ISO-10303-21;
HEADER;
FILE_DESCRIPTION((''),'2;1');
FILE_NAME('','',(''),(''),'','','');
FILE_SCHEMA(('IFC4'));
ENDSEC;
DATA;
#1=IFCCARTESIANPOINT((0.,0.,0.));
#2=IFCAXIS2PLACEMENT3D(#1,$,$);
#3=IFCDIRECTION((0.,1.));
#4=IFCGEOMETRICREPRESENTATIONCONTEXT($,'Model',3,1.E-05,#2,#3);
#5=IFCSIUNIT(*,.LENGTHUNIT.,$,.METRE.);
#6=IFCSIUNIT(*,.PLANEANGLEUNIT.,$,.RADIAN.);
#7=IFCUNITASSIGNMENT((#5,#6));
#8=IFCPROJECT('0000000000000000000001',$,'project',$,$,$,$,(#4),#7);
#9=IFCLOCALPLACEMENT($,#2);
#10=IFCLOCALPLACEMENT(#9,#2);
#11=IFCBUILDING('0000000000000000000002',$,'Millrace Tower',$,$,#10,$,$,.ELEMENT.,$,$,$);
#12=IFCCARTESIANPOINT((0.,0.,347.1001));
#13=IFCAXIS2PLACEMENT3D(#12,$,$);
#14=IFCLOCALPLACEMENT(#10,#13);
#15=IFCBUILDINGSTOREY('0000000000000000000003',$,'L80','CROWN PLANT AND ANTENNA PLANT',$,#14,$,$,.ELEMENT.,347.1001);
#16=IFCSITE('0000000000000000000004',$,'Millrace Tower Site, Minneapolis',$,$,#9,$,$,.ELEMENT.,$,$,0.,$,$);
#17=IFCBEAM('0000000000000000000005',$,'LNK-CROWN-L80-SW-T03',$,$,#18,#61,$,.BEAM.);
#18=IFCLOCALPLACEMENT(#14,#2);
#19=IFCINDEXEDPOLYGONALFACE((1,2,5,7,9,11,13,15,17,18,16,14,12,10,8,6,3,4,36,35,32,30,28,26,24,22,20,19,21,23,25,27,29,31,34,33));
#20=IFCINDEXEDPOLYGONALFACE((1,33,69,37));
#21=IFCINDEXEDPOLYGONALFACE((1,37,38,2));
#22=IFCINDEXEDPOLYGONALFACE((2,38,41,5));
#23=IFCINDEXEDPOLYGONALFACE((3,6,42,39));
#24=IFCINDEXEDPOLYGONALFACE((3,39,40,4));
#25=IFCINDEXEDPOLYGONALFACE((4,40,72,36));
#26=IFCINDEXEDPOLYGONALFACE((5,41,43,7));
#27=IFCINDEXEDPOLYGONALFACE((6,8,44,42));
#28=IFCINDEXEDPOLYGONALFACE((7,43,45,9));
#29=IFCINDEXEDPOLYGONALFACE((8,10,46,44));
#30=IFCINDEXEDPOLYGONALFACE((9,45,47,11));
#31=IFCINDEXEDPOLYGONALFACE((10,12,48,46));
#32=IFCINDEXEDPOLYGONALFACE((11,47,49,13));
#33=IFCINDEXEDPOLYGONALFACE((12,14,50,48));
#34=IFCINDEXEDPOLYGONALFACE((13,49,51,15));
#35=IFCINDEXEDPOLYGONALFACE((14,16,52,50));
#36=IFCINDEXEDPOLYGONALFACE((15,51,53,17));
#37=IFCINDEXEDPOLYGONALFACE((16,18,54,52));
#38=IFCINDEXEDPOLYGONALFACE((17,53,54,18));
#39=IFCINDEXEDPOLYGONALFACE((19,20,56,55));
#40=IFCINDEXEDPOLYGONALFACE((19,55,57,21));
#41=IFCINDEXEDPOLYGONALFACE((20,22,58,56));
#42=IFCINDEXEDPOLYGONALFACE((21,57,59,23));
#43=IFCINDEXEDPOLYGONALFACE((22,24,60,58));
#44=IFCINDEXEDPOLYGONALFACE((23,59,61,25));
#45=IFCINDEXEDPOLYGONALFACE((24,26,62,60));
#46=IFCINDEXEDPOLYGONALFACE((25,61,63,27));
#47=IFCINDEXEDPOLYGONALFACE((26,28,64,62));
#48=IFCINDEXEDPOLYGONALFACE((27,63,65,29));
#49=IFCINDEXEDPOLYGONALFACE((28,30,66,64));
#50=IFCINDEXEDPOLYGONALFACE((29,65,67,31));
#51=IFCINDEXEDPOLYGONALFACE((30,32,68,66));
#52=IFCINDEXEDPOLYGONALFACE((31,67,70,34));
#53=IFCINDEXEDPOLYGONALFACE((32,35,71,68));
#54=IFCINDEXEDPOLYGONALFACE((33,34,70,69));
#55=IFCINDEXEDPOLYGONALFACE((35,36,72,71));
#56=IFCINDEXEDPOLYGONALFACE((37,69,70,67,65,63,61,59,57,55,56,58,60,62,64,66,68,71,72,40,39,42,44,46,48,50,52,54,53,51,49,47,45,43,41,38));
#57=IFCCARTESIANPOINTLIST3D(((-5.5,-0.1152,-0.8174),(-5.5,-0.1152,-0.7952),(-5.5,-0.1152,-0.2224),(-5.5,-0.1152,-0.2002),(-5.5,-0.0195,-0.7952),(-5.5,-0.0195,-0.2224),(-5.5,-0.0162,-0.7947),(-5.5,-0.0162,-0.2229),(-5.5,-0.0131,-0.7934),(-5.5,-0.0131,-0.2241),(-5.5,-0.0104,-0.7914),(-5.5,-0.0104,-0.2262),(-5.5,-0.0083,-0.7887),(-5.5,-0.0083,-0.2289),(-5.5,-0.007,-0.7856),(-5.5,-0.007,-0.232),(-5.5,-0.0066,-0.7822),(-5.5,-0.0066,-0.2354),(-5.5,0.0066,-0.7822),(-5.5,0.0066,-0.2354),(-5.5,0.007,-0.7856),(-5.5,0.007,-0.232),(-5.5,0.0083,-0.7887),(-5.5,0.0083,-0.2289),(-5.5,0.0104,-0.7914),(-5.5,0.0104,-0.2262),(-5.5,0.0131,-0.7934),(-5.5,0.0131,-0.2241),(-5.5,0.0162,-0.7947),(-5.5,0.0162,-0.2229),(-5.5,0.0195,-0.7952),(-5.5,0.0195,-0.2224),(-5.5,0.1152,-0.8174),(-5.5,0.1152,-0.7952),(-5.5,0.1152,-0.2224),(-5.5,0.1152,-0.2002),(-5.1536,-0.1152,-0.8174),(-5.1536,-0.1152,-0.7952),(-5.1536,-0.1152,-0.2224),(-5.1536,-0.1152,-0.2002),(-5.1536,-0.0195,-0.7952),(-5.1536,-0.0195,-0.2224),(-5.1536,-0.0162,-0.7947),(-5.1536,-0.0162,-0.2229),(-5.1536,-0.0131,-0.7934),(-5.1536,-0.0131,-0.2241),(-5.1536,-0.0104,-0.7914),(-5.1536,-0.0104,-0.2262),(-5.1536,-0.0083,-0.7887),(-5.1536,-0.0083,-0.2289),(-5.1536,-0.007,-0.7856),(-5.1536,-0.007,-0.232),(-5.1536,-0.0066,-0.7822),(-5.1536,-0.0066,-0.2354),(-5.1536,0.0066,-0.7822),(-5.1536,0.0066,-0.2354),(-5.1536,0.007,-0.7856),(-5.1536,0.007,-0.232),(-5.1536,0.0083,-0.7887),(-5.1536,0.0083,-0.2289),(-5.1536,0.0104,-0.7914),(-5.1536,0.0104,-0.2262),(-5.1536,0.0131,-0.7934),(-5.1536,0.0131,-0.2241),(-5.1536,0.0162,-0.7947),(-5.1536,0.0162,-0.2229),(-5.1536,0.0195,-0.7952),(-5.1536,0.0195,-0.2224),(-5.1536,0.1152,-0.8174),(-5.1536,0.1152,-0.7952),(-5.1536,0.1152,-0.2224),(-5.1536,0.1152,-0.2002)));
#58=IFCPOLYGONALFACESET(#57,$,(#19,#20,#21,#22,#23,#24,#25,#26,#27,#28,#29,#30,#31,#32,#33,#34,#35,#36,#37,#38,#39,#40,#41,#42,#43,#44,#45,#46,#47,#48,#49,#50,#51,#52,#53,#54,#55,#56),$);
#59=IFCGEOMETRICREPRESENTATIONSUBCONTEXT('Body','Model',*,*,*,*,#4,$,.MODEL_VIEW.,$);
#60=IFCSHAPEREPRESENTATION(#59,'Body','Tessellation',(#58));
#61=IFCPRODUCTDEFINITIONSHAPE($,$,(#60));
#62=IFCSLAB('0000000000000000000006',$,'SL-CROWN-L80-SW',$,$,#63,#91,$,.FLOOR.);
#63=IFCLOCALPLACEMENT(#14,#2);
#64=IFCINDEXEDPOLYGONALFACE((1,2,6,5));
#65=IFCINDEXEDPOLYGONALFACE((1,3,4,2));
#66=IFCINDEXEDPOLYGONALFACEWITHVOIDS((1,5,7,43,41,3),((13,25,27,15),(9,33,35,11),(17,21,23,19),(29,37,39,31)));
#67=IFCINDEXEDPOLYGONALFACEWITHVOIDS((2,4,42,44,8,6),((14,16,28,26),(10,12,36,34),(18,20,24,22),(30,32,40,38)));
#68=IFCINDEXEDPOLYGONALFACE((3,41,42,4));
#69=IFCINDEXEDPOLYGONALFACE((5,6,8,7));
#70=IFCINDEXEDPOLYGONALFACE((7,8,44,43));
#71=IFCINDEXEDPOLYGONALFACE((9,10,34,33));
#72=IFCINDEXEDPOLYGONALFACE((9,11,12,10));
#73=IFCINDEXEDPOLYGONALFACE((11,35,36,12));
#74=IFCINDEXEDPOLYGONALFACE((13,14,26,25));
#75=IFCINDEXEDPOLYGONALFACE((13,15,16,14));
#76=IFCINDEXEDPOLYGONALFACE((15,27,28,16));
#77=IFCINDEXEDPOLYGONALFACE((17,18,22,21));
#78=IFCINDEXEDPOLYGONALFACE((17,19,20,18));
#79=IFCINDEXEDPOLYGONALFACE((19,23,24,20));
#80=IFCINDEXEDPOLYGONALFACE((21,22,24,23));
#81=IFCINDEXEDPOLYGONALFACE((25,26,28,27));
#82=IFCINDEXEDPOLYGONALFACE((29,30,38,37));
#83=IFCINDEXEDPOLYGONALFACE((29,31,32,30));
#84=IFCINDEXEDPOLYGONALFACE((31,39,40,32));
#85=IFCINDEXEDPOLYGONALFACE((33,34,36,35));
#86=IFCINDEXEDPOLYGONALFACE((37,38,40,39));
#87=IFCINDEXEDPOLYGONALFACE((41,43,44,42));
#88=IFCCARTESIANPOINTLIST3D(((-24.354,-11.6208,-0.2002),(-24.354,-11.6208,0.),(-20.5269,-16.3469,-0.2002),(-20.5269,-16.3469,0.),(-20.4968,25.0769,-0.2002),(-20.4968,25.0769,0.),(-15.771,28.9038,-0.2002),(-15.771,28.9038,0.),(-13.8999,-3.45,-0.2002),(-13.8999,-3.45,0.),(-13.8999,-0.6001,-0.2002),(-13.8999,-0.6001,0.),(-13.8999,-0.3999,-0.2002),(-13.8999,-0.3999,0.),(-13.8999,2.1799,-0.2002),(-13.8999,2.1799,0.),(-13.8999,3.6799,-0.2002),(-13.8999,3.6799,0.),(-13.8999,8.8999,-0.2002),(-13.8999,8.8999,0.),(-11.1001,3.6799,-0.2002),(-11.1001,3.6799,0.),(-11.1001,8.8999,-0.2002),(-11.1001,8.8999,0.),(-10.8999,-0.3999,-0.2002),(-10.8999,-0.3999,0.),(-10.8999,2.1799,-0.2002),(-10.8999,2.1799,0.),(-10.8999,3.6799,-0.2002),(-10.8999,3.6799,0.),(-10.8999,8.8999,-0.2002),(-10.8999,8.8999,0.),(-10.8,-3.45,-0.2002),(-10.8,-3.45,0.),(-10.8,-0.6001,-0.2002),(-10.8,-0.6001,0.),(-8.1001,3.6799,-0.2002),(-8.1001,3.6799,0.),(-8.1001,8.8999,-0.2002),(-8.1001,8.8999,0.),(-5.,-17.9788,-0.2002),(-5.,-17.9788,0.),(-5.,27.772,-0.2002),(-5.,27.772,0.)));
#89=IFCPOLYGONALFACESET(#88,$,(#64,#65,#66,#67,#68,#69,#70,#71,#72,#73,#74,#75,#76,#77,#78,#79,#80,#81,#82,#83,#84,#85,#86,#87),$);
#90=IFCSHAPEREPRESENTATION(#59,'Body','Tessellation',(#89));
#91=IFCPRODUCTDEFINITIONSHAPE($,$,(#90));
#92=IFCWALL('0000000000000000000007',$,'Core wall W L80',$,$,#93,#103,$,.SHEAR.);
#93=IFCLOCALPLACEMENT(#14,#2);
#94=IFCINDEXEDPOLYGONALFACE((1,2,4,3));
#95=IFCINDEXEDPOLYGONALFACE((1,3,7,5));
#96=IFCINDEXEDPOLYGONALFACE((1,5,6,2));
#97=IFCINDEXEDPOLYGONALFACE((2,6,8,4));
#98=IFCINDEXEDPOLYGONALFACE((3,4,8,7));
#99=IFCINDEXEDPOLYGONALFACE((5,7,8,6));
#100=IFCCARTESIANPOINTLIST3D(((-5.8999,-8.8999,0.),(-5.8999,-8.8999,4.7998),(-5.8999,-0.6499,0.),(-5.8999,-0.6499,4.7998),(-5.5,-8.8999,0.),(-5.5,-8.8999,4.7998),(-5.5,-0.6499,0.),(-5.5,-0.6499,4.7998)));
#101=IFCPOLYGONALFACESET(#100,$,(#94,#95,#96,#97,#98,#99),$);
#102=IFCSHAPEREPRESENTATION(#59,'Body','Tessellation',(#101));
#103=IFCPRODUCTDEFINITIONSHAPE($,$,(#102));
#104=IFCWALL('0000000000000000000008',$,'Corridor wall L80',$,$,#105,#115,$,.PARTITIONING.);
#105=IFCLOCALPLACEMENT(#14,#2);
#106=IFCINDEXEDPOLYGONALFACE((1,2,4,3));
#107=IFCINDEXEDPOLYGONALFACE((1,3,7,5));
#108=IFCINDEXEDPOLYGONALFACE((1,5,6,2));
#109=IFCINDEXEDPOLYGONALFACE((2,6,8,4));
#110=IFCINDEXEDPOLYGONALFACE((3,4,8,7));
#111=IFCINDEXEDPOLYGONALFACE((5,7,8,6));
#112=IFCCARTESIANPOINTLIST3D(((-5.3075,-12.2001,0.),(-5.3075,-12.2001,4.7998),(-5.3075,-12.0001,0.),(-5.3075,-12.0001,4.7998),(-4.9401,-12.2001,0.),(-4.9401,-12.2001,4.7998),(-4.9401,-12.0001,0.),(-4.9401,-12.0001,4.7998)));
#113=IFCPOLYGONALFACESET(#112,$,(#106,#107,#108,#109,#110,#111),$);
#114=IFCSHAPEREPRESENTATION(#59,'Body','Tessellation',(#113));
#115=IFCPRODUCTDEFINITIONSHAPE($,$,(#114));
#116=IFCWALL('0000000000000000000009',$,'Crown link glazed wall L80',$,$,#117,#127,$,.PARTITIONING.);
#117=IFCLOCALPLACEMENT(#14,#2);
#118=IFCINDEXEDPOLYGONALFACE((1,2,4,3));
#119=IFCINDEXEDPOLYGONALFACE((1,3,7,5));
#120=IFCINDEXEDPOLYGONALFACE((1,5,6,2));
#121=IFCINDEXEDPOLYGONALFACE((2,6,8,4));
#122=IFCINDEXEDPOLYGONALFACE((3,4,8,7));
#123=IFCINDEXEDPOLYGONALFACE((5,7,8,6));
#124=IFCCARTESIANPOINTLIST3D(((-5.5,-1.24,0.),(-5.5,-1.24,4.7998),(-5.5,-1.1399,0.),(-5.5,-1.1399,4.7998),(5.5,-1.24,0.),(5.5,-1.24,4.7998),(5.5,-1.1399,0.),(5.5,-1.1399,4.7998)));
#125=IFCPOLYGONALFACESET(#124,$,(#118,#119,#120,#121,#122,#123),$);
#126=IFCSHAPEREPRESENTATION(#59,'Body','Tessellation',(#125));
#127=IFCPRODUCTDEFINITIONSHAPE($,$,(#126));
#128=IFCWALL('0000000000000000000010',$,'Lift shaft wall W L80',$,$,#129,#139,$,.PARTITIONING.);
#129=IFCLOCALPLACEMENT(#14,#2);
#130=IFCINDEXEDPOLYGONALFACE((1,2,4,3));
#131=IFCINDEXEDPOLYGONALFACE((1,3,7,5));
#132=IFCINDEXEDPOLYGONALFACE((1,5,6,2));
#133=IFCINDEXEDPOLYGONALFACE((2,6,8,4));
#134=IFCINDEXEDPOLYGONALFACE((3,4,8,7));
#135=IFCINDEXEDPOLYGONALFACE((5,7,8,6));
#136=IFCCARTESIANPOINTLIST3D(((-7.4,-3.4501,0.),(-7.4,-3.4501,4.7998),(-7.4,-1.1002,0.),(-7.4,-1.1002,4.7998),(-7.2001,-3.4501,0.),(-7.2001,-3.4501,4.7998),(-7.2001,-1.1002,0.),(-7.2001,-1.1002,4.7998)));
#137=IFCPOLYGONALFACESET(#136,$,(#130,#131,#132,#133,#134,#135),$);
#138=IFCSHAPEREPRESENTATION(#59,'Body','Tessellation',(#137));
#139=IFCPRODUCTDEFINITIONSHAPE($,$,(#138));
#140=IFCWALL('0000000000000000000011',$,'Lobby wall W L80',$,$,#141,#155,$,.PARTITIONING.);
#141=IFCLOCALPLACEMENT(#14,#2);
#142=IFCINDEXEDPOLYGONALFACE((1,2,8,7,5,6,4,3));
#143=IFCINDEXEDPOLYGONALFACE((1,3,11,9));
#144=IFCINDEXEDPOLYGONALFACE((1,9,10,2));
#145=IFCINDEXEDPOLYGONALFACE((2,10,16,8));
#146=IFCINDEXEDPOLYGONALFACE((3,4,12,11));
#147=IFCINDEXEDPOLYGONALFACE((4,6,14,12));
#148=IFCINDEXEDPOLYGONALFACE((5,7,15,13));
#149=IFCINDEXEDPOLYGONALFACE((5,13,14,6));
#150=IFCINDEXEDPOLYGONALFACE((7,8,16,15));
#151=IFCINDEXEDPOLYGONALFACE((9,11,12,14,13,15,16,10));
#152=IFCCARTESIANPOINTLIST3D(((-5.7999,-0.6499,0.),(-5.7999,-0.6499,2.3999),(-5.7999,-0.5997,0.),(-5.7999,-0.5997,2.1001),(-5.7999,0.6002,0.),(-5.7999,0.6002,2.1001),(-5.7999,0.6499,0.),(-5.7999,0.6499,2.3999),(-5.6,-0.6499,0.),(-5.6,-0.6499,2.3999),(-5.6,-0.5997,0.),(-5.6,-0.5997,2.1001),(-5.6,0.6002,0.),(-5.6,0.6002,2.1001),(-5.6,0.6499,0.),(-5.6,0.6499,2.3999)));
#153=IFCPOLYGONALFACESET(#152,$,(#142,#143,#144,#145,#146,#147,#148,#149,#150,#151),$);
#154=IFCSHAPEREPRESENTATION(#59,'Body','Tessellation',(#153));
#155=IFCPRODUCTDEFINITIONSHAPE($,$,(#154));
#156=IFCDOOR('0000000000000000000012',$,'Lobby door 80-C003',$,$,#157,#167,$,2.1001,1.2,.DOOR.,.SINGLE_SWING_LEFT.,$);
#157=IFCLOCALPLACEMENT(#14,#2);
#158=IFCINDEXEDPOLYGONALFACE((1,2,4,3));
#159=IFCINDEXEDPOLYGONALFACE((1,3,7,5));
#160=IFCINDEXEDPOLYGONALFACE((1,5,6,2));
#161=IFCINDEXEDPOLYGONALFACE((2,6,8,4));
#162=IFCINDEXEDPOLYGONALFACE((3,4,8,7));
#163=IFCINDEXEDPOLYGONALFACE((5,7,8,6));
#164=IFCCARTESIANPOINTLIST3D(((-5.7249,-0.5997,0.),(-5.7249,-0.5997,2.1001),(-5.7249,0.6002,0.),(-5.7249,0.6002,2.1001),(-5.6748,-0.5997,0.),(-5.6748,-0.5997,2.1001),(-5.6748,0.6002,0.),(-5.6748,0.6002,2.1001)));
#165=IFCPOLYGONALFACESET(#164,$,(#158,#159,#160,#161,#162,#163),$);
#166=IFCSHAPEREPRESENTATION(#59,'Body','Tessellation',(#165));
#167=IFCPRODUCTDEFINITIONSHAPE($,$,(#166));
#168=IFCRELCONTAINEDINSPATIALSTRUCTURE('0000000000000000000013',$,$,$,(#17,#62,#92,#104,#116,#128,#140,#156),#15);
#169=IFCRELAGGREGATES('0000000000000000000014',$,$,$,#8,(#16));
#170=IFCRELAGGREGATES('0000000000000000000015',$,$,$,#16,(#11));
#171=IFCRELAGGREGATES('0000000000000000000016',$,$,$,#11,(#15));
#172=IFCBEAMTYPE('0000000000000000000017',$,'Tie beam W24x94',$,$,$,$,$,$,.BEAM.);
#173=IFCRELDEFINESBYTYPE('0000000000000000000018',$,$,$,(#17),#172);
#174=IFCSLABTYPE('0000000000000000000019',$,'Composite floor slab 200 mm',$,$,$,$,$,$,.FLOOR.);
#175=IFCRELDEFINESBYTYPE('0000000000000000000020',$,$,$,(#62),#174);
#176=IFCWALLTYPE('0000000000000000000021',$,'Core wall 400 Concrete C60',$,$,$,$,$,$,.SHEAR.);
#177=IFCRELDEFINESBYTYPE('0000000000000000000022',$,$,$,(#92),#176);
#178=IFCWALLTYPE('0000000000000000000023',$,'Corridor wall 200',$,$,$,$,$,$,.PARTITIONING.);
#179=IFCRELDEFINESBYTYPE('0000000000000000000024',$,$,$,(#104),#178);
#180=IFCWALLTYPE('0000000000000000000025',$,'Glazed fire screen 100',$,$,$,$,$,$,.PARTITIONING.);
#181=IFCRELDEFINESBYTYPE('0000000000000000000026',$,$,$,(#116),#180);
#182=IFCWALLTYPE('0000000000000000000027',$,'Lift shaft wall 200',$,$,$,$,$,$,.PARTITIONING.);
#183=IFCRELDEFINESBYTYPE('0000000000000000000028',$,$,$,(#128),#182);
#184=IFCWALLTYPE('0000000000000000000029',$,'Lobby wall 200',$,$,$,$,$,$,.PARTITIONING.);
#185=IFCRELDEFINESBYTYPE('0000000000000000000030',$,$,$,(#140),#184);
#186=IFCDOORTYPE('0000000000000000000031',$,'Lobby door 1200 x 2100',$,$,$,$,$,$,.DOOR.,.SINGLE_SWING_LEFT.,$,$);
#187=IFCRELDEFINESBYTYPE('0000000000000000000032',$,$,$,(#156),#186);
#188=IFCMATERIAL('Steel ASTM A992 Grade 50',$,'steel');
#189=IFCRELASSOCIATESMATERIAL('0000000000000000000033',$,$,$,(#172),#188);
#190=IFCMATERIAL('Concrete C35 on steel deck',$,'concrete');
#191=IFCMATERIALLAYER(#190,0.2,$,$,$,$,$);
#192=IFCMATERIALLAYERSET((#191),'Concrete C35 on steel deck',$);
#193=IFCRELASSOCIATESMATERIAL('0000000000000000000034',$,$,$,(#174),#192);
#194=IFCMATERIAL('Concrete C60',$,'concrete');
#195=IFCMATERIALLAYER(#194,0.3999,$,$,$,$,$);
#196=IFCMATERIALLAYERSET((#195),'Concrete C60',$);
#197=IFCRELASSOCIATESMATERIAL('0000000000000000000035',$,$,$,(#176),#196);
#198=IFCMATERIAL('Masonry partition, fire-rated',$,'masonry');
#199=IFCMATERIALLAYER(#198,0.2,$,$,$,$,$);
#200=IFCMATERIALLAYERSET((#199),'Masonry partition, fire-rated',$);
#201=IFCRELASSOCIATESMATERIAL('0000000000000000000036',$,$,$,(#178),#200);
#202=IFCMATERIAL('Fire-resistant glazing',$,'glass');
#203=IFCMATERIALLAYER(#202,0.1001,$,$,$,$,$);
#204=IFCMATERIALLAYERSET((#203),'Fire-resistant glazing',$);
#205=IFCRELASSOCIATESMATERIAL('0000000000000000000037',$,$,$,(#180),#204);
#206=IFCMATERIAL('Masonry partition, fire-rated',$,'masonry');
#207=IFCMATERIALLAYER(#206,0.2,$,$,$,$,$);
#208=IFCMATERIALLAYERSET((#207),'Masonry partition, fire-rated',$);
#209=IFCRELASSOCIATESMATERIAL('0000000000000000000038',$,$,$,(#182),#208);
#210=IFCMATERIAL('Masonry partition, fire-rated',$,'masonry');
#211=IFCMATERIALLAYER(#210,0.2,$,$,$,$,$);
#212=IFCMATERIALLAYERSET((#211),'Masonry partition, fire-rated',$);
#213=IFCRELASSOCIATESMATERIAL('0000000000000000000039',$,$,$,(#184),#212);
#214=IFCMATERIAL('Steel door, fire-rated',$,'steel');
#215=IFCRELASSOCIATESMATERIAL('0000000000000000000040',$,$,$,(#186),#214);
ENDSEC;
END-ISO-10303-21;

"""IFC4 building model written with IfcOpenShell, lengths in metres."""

from ifc_helpers import new_model, si_unit, direction, frame, frame_2d, origin, origin_2d, place, context, subcontext, project, spatial, polyline, rectangle, i_section, outline, extrude, material, layer, layer_set, material_profile, profile_set, type_object, element, fill, save


model = new_model("IFC4")

# Units and contexts
model_context = context("Model", 3, precision=1e-05, world=origin(), true_north=direction((0.0, 1.0)))
body_context = subcontext(model_context, "Body", "Model", "MODEL_VIEW")
ifc_project = project(units=[si_unit("LENGTHUNIT", "METRE"), si_unit("PLANEANGLEUNIT", "RADIAN")], contexts=[model_context])

# Site, building, storey
site_placement = place(None, origin())
site = spatial("IfcSite", under=ifc_project, at=site_placement, Name="Millrace Tower Site, Minneapolis", CompositionType="ELEMENT", RefElevation=0.0)
building_placement = place(site_placement, origin())
building = spatial("IfcBuilding", under=site, at=building_placement, Name="Millrace Tower", CompositionType="ELEMENT")
storey_placement = place(building_placement, frame((0.0, 0.0, 347.1001)))
storey = spatial("IfcBuildingStorey", under=building, at=storey_placement, Name="L80", Description="CROWN PLANT AND ANTENNA PLANT", CompositionType="ELEMENT", Elevation=347.1001)

# Beam
ifc_material_1 = material(Name="Steel ASTM A992 Grade 50", Category="steel")
ifc_material_profile_1 = material_profile(ifc_material_1, i_section(OverallWidth=0.2305, OverallDepth=0.6172, WebThickness=0.0132, FlangeThickness=0.0222, FilletRadius=0.0129, at=origin_2d()))
ifc_profile_set_1 = profile_set([ifc_material_profile_1], Name="Steel ASTM A992 Grade 50")
beam_type_1 = type_object("IfcBeamType", Name="Tie beam W24x94", PredefinedType="BEAM", material=ifc_profile_set_1)
for number, where, z_axis, x_axis, name in (
    (1, (-5.1536, 0.0, -0.5088), (-1.0, 0.0, 0.0), (0.0, -1.0, 0.0), "LNK-CROWN-L80-SW-T03"),
):
    element("IfcBeam", number, at=place(storey_placement, frame(where, z_axis=z_axis, x_axis=x_axis)), inside=storey, type_object=beam_type_1, Name=name, PredefinedType="BEAM", context=body_context, shape_type="SweptSolid", body=[
        extrude(i_section(OverallWidth=0.2305, OverallDepth=0.6172, WebThickness=0.0132, FlangeThickness=0.0222, FilletRadius=0.0129, at=origin_2d()), origin(), (0.0, 0.0, 1.0), 0.3464),
    ])

# Slab
ifc_material_2 = material(Name="Concrete C35 on steel deck", Category="concrete")
ifc_layer_1 = layer(ifc_material_2, 0.2)
ifc_layer_set_1 = layer_set([ifc_layer_1], Name="Concrete C35 on steel deck")
slab_type = type_object("IfcSlabType", Name="Composite floor slab 200 mm", PredefinedType="FLOOR", material=ifc_layer_set_1)
slab_placement = place(storey_placement, frame((0.0, 0.0, -0.2002)))
element("IfcSlab", 2, at=slab_placement, inside=storey, type_object=slab_type, Name="SL-CROWN-L80-SW", PredefinedType="FLOOR", context=body_context, shape_type="SweptSolid", body=[
    extrude(outline(polyline([(-5.0, -17.9788), (-5.0, 27.772), (-15.771, 28.9038), (-20.4968, 25.0769), (-24.354, -11.6208), (-20.5269, -16.3469), (-5.0, -17.9788)]), holes=[polyline([(-13.8999, -3.45), (-10.8, -3.45), (-10.8, -0.6001), (-13.8999, -0.6001), (-13.8999, -3.45)]), polyline([(-13.8999, -0.3999), (-10.8999, -0.3999), (-10.8999, 2.1799), (-13.8999, 2.1799), (-13.8999, -0.3999)]), polyline([(-13.8999, 3.6799), (-11.1001, 3.6799), (-11.1001, 8.8999), (-13.8999, 8.8999), (-13.8999, 3.6799)]), polyline([(-10.8999, 3.6799), (-8.1001, 3.6799), (-8.1001, 8.8999), (-10.8999, 8.8999), (-10.8999, 3.6799)])]), origin(), (0.0, 0.0, 1.0), 0.2002),
])

# Walls
ifc_material_3 = material(Name="Concrete C60", Category="concrete")
ifc_layer_2 = layer(ifc_material_3, 0.3999)
ifc_layer_set_2 = layer_set([ifc_layer_2], Name="Concrete C60")
wall_type_1 = type_object("IfcWallType", Name="Core wall 400 Concrete C60", PredefinedType="SHEAR", material=ifc_layer_set_2)
wall_1_placement = place(storey_placement, frame((-5.7, -8.8999, 0.0), z_axis=(0.0, 0.0, 1.0), x_axis=(0.0, 1.0, 0.0)))
element("IfcWall", 3, at=wall_1_placement, inside=storey, type_object=wall_type_1, Name="Core wall W L80", PredefinedType="SHEAR", context=body_context, shape_type="SweptSolid", body=[
    extrude(rectangle(XDim=8.25, YDim=0.3999, at=frame_2d((4.125, 0.0))), origin(), (0.0, 0.0, 1.0), 4.7998),
])
ifc_material_4 = material(Name="Masonry partition, fire-rated", Category="masonry")
ifc_layer_3 = layer(ifc_material_4, 0.2)
ifc_layer_set_3 = layer_set([ifc_layer_3], Name="Masonry partition, fire-rated")
wall_type_2 = type_object("IfcWallType", Name="Corridor wall 200", PredefinedType="PARTITIONING", material=ifc_layer_set_3)
wall_2_placement = place(storey_placement, frame((-5.3074, -12.1001, 0.0), z_axis=(0.0, 0.0, 1.0), x_axis=(1.0, 0.0, 0.0)))
element("IfcWall", 4, at=wall_2_placement, inside=storey, type_object=wall_type_2, Name="Corridor wall L80", PredefinedType="PARTITIONING", context=body_context, shape_type="SweptSolid", body=[
    extrude(rectangle(XDim=0.3674, YDim=0.2, at=frame_2d((0.1836, 0.0))), origin(), (0.0, 0.0, 1.0), 4.7998),
])
ifc_material_5 = material(Name="Fire-resistant glazing", Category="glass")
ifc_layer_4 = layer(ifc_material_5, 0.1001)
ifc_layer_set_4 = layer_set([ifc_layer_4], Name="Fire-resistant glazing")
wall_type_3 = type_object("IfcWallType", Name="Glazed fire screen 100", PredefinedType="PARTITIONING", material=ifc_layer_set_4)
wall_3_placement = place(storey_placement, frame((-5.5, -1.1899, 0.0), z_axis=(0.0, 0.0, 1.0), x_axis=(1.0, 0.0, 0.0)))
element("IfcWall", 5, at=wall_3_placement, inside=storey, type_object=wall_type_3, Name="Crown link glazed wall L80", PredefinedType="PARTITIONING", context=body_context, shape_type="SweptSolid", body=[
    extrude(rectangle(XDim=11.0, YDim=0.1001, at=frame_2d((5.5, 0.0))), origin(), (0.0, 0.0, 1.0), 4.7998),
])
ifc_material_6 = material(Name="Masonry partition, fire-rated", Category="masonry")
ifc_layer_5 = layer(ifc_material_6, 0.2)
ifc_layer_set_5 = layer_set([ifc_layer_5], Name="Masonry partition, fire-rated")
wall_type_4 = type_object("IfcWallType", Name="Lift shaft wall 200", PredefinedType="PARTITIONING", material=ifc_layer_set_5)
wall_4_placement = place(storey_placement, frame((-7.3, -3.45, 0.0), z_axis=(0.0, 0.0, 1.0), x_axis=(0.0, 1.0, 0.0)))
element("IfcWall", 6, at=wall_4_placement, inside=storey, type_object=wall_type_4, Name="Lift shaft wall W L80", PredefinedType="PARTITIONING", context=body_context, shape_type="SweptSolid", body=[
    extrude(rectangle(XDim=2.3499, YDim=0.2, at=frame_2d((1.1748, 0.0))), origin(), (0.0, 0.0, 1.0), 4.7998),
])

# Wall, opening, door
ifc_material_7 = material(Name="Masonry partition, fire-rated", Category="masonry")
ifc_layer_6 = layer(ifc_material_7, 0.2)
ifc_layer_set_6 = layer_set([ifc_layer_6], Name="Masonry partition, fire-rated")
wall_type_5 = type_object("IfcWallType", Name="Lobby wall 200", PredefinedType="PARTITIONING", material=ifc_layer_set_6)
wall_5_placement = place(storey_placement, frame((-5.7, -0.6499, 0.0), z_axis=(0.0, 0.0, 1.0), x_axis=(0.0, 1.0, 0.0)))
wall_5 = element("IfcWall", 7, at=wall_5_placement, inside=storey, type_object=wall_type_5, Name="Lobby wall W L80", PredefinedType="PARTITIONING", context=body_context, shape_type="SweptSolid", body=[
    extrude(rectangle(XDim=1.2998, YDim=0.2, at=frame_2d((0.6499, 0.0))), origin(), (0.0, 0.0, 1.0), 2.3999),
])
opening_placement = place(wall_5_placement, frame((0.05, 0.0, 0.0)))
opening = element("IfcOpeningElement", 8, at=opening_placement, cuts=wall_5, PredefinedType="OPENING", context=body_context, shape_type="SweptSolid", body=[
    extrude(rectangle(XDim=1.2, YDim=2.1001, at=frame_2d((0.6001, 1.05))), frame((0.0, 0.1099, 0.0), z_axis=(0.0, -1.0, 0.0), x_axis=(1.0, 0.0, 0.0)), (0.0, 0.0, 1.0), 0.22),
])
ifc_material_8 = material(Name="Steel door, fire-rated", Category="steel")
door_type = type_object("IfcDoorType", Name="Lobby door 1200 x 2100", OperationType="SINGLE_SWING_LEFT", PredefinedType="DOOR", material=ifc_material_8)
door_placement = place(opening_placement, origin())
door = element("IfcDoor", 9, at=door_placement, inside=storey, type_object=door_type, Name="Lobby door 80-C003", OperationType="SINGLE_SWING_LEFT", OverallHeight=2.1001, OverallWidth=1.2, PredefinedType="DOOR", context=body_context, shape_type="SweptSolid", body=[
    extrude(rectangle(XDim=1.2, YDim=2.1001, at=frame_2d((0.6001, 1.05))), frame((0.0, 0.0249, 0.0), z_axis=(0.0, -1.0, 0.0), x_axis=(1.0, 0.0, 0.0)), (0.0, 0.0, 1.0), 0.05),
])
fill(opening, door)

save(model, "model.ifc")
